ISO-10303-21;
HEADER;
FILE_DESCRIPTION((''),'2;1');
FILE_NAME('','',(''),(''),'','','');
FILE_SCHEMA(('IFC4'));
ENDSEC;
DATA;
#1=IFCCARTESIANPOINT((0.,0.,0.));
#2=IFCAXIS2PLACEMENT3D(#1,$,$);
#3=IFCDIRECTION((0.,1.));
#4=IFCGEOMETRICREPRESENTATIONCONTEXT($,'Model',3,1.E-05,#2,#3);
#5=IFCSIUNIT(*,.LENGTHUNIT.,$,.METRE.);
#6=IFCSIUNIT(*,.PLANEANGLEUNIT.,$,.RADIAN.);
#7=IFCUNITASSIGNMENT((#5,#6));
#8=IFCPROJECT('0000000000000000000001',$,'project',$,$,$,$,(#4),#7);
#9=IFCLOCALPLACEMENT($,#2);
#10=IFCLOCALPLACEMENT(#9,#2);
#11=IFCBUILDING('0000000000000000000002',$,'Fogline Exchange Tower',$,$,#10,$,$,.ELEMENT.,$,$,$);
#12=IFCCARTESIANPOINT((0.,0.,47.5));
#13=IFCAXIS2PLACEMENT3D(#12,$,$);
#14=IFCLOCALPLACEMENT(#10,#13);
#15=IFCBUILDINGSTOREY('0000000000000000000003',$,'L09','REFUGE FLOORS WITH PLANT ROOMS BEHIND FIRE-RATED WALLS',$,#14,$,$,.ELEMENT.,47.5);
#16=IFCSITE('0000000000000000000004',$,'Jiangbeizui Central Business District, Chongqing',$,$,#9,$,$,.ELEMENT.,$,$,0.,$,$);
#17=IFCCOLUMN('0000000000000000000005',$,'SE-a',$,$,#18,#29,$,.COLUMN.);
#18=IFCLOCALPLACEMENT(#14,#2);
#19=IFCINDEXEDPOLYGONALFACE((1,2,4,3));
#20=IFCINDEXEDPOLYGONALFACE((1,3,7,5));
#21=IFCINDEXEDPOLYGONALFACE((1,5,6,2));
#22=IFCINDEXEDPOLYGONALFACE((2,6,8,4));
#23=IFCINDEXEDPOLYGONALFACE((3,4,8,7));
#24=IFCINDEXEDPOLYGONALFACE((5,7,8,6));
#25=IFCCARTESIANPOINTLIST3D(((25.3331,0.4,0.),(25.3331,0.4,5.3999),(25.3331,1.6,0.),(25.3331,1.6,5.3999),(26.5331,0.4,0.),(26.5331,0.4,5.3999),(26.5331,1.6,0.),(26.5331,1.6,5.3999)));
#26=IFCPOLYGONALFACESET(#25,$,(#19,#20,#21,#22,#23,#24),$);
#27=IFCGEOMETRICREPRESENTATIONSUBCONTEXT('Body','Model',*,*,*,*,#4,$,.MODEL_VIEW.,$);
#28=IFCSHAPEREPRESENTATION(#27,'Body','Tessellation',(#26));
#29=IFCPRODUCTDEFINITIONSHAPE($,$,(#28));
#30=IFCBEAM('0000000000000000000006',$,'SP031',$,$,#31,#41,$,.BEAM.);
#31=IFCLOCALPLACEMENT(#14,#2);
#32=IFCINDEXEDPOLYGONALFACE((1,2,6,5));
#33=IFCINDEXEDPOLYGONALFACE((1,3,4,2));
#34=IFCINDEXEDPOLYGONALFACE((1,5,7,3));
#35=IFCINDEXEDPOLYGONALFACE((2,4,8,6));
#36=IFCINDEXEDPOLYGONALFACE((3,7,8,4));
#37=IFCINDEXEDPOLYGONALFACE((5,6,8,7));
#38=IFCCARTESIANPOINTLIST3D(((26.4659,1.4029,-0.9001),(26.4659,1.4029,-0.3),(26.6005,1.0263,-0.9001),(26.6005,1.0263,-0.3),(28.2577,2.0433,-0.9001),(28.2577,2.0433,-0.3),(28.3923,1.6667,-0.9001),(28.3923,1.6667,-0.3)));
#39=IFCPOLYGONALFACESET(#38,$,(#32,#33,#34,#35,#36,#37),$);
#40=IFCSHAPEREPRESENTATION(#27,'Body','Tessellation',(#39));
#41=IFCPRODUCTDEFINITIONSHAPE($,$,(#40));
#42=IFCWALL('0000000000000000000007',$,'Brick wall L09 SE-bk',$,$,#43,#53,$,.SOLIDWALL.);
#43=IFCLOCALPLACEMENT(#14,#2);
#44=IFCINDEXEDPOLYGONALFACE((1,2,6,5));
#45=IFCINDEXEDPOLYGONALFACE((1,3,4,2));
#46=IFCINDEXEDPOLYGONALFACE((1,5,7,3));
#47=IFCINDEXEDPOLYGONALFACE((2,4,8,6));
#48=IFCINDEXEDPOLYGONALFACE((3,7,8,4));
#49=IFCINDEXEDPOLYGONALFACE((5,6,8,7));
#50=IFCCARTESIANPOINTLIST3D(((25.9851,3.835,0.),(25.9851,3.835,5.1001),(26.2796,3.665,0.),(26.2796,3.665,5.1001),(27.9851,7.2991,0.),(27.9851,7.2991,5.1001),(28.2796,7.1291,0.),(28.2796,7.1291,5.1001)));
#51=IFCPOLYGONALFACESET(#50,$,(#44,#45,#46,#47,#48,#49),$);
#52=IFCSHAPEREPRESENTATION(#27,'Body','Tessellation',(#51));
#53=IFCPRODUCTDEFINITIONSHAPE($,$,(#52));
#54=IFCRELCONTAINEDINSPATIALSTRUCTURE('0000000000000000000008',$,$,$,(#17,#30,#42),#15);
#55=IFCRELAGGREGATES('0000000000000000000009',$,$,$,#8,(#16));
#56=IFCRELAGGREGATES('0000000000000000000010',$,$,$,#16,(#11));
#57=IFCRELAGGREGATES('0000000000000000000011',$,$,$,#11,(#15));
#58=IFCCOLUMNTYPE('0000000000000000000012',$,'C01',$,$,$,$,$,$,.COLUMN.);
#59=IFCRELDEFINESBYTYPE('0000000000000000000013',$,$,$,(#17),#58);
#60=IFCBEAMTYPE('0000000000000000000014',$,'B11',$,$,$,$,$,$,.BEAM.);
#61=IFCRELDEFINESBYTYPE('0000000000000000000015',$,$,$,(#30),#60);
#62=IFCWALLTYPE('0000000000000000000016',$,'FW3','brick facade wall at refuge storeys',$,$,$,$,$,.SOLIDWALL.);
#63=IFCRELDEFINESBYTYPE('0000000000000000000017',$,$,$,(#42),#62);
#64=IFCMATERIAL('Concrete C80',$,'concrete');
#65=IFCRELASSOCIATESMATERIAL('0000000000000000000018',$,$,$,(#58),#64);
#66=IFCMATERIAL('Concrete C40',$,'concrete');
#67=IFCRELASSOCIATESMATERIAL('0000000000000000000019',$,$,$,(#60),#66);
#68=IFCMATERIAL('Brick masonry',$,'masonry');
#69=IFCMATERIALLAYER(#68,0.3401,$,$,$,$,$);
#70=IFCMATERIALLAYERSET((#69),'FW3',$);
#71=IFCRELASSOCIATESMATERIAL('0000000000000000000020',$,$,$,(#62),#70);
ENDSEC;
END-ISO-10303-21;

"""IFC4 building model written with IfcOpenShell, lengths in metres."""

from ifc_helpers import new_model, si_unit, direction, frame, frame_2d, origin, origin_2d, place, context, subcontext, project, spatial, rectangle, extrude, material, layer, layer_set, material_profile, profile_set, type_object, element, save


model = new_model("IFC4")

# Units and contexts
model_context = context("Model", 3, precision=1e-05, world=origin(), true_north=direction((0.0, 1.0)))
body_context = subcontext(model_context, "Body", "Model", "MODEL_VIEW")
ifc_project = project(units=[si_unit("LENGTHUNIT", "METRE"), si_unit("PLANEANGLEUNIT", "RADIAN")], contexts=[model_context])

# Site, building, storey
site_placement = place(None, origin())
site = spatial("IfcSite", under=ifc_project, at=site_placement, Name="Jiangbeizui Central Business District, Chongqing", CompositionType="ELEMENT", RefElevation=0.0)
building_placement = place(site_placement, origin())
building = spatial("IfcBuilding", under=site, at=building_placement, Name="Fogline Exchange Tower", CompositionType="ELEMENT")
storey_placement = place(building_placement, frame((0.0, 0.0, 47.5)))
storey = spatial("IfcBuildingStorey", under=building, at=storey_placement, Name="L09", Description="REFUGE FLOORS WITH PLANT ROOMS BEHIND FIRE-RATED WALLS", CompositionType="ELEMENT", Elevation=47.5)

# Column
ifc_material_1 = material(Name="Concrete C80", Category="concrete")
ifc_material_profile_1 = material_profile(ifc_material_1, rectangle(XDim=1.2, YDim=1.2, at=origin_2d()), Name="RC 1200x1200")
ifc_profile_set_1 = profile_set([ifc_material_profile_1], Name="Concrete C80")
column_type = type_object("IfcColumnType", Name="C01", PredefinedType="COLUMN", material=ifc_profile_set_1)
column_placement = place(storey_placement, frame((25.9331, 1.0, 0.0), z_axis=(0.0, 0.0, 1.0), x_axis=(1.0, 0.0, 0.0)))
element("IfcColumn", 1, at=column_placement, inside=storey, type_object=column_type, Name="SE-a", PredefinedType="COLUMN", context=body_context, shape_type="SweptSolid", body=[
    extrude(rectangle(XDim=1.2, YDim=1.2, at=origin_2d()), origin(), (0.0, 0.0, 1.0), 5.3999),
])

# Beam
ifc_material_2 = material(Name="Concrete C40", Category="concrete")
ifc_material_profile_2 = material_profile(ifc_material_2, rectangle(XDim=0.3999, YDim=0.6001, at=origin_2d()), Name="RC 400x600")
ifc_profile_set_2 = profile_set([ifc_material_profile_2], Name="Concrete C40")
beam_type = type_object("IfcBeamType", Name="B11", PredefinedType="BEAM", material=ifc_profile_set_2)
beam_placement = place(storey_placement, frame((26.5332, 1.2146, -0.6001), z_axis=(0.941664, 0.336556, 0.0), x_axis=(-0.336556, 0.941664, 0.0)))
element("IfcBeam", 2, at=beam_placement, inside=storey, type_object=beam_type, Name="SP031", PredefinedType="BEAM", context=body_context, shape_type="SweptSolid", body=[
    extrude(rectangle(XDim=0.3999, YDim=0.6001, at=origin_2d()), origin(), (0.0, 0.0, 1.0), 1.9028),
])

# Wall
ifc_material_3 = material(Name="Brick masonry", Category="masonry")
ifc_layer = layer(ifc_material_3, 0.3401)
ifc_layer_set = layer_set([ifc_layer], Name="FW3")
wall_type = type_object("IfcWallType", Name="FW3", Description="brick facade wall at refuge storeys", PredefinedType="SOLIDWALL", material=ifc_layer_set)
wall_1_placement = place(storey_placement, frame((26.1323, 3.75, 0.0), z_axis=(0.0, 0.0, 1.0), x_axis=(0.499999, 0.866026, 0.0)))
element("IfcWall", 3, at=wall_1_placement, inside=storey, type_object=wall_type, Name="Brick wall L09 SE-bk", PredefinedType="SOLIDWALL", context=body_context, shape_type="SweptSolid", body=[
    extrude(rectangle(XDim=4.0, YDim=0.3401, at=frame_2d((2.0, 0.0))), origin(), (0.0, 0.0, 1.0), 5.1001),
])

save(model, "model.ifc")
